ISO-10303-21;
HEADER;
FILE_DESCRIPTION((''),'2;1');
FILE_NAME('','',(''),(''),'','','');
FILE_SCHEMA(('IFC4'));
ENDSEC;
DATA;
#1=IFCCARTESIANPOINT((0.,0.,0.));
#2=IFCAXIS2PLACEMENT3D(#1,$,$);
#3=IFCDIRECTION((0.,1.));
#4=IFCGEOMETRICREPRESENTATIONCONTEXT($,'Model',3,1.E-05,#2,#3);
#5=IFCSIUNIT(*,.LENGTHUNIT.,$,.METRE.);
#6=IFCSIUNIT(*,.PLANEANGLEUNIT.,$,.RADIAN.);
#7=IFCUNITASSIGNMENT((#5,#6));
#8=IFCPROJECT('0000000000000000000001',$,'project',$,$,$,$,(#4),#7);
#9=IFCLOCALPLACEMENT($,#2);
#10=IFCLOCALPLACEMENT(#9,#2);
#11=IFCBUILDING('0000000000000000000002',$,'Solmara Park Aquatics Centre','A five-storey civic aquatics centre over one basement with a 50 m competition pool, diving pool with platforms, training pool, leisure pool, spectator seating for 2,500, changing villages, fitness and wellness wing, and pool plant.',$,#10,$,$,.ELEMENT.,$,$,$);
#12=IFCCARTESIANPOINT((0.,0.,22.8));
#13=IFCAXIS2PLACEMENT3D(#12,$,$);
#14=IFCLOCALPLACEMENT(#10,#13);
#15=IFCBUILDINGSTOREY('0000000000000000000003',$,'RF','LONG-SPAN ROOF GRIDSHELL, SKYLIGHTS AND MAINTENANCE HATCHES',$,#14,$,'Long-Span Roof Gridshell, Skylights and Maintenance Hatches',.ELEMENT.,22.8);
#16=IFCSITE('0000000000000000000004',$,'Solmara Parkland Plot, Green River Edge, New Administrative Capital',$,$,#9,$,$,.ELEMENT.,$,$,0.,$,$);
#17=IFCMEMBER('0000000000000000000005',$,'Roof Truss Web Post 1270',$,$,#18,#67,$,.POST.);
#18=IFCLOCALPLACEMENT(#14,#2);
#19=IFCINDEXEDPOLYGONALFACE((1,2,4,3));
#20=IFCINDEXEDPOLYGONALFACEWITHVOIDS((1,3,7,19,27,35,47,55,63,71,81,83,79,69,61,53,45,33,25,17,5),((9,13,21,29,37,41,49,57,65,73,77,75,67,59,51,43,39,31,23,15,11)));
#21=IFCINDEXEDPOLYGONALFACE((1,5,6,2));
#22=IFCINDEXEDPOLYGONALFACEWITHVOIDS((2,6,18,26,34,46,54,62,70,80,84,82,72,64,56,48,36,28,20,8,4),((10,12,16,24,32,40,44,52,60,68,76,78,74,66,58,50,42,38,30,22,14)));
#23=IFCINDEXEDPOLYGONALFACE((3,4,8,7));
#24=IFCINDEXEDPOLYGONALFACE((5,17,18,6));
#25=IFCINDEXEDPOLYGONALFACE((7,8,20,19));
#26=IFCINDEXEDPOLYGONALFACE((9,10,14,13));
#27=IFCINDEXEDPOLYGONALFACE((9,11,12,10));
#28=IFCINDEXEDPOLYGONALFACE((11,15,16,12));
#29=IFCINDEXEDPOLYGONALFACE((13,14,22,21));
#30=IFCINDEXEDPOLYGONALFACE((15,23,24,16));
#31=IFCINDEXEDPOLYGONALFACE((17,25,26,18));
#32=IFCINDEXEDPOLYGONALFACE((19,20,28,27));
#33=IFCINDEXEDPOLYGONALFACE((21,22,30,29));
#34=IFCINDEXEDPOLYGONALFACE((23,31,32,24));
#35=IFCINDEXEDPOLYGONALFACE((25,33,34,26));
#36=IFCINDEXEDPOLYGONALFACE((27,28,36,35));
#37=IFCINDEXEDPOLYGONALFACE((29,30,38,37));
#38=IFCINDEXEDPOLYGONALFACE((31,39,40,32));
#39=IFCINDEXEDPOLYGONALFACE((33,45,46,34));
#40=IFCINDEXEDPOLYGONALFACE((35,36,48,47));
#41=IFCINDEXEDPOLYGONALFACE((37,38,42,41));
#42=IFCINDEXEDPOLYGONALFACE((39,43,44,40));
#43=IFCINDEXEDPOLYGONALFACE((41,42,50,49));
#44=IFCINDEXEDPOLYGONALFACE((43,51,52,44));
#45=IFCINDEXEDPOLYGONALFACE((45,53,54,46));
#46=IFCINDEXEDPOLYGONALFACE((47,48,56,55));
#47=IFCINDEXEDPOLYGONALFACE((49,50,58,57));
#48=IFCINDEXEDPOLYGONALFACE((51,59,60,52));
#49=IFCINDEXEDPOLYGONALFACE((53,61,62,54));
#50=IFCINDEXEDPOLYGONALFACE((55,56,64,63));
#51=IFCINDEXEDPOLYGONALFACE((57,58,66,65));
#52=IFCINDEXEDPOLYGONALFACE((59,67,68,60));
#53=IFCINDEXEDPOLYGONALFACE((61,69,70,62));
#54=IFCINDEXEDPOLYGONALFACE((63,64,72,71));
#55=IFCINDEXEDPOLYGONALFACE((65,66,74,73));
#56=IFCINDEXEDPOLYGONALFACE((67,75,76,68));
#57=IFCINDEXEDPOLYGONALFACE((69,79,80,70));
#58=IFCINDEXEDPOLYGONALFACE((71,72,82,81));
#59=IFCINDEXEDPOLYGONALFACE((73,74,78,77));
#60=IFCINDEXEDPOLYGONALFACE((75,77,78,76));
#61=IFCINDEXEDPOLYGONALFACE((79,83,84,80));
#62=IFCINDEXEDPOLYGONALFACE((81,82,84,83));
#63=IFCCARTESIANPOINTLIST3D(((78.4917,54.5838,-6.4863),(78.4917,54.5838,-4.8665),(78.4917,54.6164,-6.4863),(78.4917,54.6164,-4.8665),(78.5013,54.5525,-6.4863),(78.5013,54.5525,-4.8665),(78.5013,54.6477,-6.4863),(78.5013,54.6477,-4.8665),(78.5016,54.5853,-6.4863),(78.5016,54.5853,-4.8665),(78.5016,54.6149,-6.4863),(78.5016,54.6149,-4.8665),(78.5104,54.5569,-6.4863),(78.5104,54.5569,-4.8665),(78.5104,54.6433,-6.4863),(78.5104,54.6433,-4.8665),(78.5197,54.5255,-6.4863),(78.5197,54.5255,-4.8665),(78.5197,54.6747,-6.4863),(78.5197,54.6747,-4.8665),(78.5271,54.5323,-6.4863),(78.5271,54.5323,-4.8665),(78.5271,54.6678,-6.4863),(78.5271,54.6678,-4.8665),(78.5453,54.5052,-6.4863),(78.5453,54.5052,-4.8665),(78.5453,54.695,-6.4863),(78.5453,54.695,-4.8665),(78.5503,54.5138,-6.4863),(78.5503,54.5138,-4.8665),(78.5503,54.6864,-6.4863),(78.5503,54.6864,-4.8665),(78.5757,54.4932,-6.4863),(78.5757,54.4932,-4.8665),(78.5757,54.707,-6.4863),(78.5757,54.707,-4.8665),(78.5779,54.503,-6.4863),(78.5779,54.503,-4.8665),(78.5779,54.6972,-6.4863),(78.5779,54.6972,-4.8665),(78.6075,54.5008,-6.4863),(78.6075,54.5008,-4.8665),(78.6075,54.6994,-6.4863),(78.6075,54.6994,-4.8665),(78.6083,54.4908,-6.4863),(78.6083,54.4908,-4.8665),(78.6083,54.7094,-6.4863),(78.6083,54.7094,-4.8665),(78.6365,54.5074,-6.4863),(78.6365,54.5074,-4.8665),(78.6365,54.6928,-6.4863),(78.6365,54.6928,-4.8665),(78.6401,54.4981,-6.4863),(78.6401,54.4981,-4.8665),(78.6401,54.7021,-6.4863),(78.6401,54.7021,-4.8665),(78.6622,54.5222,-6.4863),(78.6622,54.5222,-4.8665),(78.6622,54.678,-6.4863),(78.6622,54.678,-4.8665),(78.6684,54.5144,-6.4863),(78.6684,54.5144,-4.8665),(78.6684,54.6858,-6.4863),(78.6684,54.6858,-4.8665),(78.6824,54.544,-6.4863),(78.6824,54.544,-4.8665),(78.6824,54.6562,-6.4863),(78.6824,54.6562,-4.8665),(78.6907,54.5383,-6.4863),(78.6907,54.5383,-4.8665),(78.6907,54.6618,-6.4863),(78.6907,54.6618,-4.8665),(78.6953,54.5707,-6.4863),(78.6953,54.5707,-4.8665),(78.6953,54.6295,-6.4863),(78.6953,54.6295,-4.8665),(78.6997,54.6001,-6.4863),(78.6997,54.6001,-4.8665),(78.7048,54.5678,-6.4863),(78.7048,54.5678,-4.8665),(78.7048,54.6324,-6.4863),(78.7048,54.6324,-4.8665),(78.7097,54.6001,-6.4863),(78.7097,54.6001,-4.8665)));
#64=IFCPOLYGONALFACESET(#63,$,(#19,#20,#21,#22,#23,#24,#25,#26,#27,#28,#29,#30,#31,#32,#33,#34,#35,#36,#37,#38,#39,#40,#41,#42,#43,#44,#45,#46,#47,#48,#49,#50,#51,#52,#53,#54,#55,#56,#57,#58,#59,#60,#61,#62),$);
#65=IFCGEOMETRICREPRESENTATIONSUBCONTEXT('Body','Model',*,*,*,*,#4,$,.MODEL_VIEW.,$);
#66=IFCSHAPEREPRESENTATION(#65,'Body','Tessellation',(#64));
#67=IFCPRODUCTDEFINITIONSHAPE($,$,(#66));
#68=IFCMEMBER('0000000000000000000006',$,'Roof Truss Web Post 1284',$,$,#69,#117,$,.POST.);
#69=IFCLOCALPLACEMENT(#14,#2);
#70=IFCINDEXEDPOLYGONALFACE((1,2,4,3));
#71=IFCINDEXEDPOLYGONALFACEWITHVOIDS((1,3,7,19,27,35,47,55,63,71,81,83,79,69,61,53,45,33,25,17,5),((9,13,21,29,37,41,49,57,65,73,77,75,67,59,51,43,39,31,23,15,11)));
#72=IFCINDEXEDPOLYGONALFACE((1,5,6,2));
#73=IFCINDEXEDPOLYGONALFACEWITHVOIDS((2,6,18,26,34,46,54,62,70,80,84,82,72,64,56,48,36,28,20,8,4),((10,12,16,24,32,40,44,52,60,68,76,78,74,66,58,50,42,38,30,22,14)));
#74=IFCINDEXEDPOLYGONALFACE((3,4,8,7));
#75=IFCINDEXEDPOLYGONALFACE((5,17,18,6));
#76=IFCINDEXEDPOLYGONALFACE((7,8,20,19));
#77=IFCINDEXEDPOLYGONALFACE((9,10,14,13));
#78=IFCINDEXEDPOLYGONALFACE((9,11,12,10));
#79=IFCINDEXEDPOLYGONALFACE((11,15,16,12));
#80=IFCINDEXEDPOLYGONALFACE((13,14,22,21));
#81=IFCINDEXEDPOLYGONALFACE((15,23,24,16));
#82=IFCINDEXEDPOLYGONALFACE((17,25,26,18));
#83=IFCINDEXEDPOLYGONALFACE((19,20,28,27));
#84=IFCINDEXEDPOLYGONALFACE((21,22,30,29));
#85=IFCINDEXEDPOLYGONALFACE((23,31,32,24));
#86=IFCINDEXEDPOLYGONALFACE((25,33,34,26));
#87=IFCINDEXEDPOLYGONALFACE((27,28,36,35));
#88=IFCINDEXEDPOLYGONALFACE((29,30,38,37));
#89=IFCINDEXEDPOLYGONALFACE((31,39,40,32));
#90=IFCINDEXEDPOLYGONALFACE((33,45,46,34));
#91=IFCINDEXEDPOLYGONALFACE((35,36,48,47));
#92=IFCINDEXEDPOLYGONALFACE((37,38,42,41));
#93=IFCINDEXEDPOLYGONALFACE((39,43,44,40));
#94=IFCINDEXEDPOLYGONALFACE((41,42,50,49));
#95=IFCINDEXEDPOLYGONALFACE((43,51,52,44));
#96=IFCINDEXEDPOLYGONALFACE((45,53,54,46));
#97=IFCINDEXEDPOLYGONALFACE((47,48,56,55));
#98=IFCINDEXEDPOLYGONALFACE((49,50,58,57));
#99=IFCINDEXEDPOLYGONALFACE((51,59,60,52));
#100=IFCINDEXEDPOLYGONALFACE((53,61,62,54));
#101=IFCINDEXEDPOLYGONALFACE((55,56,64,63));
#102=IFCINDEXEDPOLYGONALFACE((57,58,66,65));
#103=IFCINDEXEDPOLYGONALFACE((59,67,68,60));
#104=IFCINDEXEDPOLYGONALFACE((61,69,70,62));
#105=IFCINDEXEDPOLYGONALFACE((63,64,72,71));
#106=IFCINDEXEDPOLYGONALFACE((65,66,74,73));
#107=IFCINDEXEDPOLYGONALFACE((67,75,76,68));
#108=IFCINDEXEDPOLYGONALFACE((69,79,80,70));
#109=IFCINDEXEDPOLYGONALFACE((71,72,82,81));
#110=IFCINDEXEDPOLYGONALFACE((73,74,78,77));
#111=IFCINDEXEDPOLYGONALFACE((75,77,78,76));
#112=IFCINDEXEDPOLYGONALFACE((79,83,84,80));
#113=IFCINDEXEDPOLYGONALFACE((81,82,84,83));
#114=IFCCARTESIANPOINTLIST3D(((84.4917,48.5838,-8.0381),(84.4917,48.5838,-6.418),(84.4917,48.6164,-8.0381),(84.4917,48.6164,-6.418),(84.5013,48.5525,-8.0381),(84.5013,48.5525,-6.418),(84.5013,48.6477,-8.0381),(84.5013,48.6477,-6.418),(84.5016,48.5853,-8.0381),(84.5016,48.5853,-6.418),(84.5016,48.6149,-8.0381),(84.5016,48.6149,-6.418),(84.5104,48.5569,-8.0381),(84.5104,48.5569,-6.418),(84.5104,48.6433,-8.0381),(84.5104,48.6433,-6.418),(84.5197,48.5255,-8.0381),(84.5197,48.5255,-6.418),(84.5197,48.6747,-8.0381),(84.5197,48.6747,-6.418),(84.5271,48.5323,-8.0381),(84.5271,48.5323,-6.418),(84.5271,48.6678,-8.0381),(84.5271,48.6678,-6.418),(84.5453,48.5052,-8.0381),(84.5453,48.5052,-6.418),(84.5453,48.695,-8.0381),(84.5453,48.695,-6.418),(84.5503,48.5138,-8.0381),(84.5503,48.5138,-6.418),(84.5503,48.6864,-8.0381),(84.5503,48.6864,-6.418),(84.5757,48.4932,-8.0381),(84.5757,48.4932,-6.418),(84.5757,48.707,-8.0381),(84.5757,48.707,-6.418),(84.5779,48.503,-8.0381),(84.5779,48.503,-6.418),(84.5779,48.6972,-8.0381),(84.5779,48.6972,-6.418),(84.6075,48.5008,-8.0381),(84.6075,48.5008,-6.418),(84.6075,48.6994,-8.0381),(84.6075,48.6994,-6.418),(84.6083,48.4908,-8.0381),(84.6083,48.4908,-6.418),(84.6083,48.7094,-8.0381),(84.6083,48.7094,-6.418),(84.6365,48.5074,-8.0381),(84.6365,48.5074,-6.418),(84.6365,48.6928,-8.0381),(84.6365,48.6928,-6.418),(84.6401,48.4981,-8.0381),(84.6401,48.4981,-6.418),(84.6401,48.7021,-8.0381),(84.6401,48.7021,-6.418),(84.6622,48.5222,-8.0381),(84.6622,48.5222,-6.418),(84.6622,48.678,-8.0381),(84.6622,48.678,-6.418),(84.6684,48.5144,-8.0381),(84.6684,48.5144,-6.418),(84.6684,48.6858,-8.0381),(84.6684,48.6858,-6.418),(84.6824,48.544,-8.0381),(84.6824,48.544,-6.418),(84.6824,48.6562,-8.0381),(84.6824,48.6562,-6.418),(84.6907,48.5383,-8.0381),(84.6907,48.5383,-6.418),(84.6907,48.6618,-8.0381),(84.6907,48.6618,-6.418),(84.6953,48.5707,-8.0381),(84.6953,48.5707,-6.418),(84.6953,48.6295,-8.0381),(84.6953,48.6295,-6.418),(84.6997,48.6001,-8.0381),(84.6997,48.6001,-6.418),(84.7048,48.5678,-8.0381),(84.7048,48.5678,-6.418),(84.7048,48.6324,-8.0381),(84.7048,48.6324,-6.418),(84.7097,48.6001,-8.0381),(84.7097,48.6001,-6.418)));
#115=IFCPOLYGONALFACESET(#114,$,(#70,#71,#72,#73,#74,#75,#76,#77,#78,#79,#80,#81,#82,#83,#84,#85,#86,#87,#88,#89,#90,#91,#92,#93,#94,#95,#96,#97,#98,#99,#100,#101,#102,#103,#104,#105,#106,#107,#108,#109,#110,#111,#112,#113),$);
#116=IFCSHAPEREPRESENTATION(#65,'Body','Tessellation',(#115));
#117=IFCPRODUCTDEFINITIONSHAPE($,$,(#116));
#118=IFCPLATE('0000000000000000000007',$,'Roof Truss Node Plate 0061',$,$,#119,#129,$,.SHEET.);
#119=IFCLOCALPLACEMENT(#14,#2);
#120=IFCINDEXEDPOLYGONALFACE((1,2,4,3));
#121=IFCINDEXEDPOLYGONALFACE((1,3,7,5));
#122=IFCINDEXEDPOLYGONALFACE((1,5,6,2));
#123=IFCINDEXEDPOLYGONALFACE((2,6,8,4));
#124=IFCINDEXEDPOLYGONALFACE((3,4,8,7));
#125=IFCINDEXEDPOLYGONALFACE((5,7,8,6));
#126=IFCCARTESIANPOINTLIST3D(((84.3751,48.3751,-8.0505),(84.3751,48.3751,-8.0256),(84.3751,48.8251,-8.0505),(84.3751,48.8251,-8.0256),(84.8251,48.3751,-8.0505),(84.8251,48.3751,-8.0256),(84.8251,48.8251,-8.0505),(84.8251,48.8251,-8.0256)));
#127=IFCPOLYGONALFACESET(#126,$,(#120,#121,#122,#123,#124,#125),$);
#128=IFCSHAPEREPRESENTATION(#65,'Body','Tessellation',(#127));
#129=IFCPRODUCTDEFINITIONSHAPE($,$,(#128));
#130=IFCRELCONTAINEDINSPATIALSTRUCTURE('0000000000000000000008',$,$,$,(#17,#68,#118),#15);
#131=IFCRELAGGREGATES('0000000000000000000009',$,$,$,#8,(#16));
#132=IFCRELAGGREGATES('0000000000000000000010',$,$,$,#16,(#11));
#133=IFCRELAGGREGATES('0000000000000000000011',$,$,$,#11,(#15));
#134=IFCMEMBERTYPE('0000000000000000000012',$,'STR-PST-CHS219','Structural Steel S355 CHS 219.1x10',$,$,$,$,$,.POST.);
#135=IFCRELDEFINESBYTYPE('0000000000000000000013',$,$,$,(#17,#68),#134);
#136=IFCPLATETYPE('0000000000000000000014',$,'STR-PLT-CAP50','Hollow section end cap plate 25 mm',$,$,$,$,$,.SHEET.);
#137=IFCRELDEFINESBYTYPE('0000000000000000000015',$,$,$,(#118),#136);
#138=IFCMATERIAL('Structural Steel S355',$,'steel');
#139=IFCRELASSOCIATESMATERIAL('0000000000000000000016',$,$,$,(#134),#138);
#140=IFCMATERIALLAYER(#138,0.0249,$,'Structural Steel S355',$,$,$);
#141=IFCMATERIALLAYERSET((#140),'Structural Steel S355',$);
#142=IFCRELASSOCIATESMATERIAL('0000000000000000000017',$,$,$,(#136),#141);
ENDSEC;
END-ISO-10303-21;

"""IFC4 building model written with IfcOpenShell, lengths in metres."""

from ifc_helpers import new_model, si_unit, direction, frame, origin, origin_2d, place, context, subcontext, project, spatial, rectangle, hollow_circle, extrude, material, layer, layer_set, material_profile, profile_set, type_object, element, save


model = new_model("IFC4")

# Units and contexts
model_context = context("Model", 3, precision=1e-05, world=origin(), true_north=direction((0.0, 1.0)))
body_context = subcontext(model_context, "Body", "Model", "MODEL_VIEW")
ifc_project = project(units=[si_unit("LENGTHUNIT", "METRE"), si_unit("PLANEANGLEUNIT", "RADIAN")], contexts=[model_context])

# Site, building, storey
site_placement = place(None, origin())
site = spatial("IfcSite", under=ifc_project, at=site_placement, Name="Solmara Parkland Plot, Green River Edge, New Administrative Capital", CompositionType="ELEMENT", RefElevation=0.0)
building_placement = place(site_placement, origin())
building = spatial("IfcBuilding", under=site, at=building_placement, Name="Solmara Park Aquatics Centre", Description="A five-storey civic aquatics centre over one basement with a 50 m competition pool, diving pool with platforms, training pool, leisure pool, spectator seating for 2,500, changing villages, fitness and wellness wing, and pool plant.", CompositionType="ELEMENT")
storey_placement = place(building_placement, frame((0.0, 0.0, 22.8)))
storey = spatial("IfcBuildingStorey", under=building, at=storey_placement, Name="RF", Description="LONG-SPAN ROOF GRIDSHELL, SKYLIGHTS AND MAINTENANCE HATCHES", LongName="Long-Span Roof Gridshell, Skylights and Maintenance Hatches", CompositionType="ELEMENT", Elevation=22.8)

# Members
ifc_material_1 = material(Name="Structural Steel S355", Category="steel")
ifc_material_profile_1 = material_profile(ifc_material_1, hollow_circle(Radius=0.1096, WallThickness=0.01, at=origin_2d()), Name="CHS 219.1x10")
ifc_profile_set_1 = profile_set([ifc_material_profile_1], Name="Structural Steel S355")
member_type_1 = type_object("IfcMemberType", Name="STR-PST-CHS219", Description="Structural Steel S355 CHS 219.1x10", PredefinedType="POST", material=ifc_profile_set_1)
for number, where, z_axis, x_axis, name in (
    (1, (78.6001, 54.6001, -6.4863), (0.0, 0.0, 1.0), (1.0, 0.0, 0.0), "Roof Truss Web Post 1270"),
):
    element("IfcMember", number, at=place(storey_placement, frame(where, z_axis=z_axis, x_axis=x_axis)), inside=storey, type_object=member_type_1, Name=name, PredefinedType="POST", context=body_context, shape_type="SweptSolid", body=[
        extrude(hollow_circle(Radius=0.1096, WallThickness=0.01, at=origin_2d()), origin(), (0.0, 0.0, 1.0), 1.6199),
    ])
member_1_placement = place(storey_placement, frame((84.6001, 48.6001, -8.0381), z_axis=(0.0, 0.0, 1.0), x_axis=(1.0, 0.0, 0.0)))
element("IfcMember", 2, at=member_1_placement, inside=storey, type_object=member_type_1, Name="Roof Truss Web Post 1284", PredefinedType="POST", context=body_context, shape_type="SweptSolid", body=[
    extrude(hollow_circle(Radius=0.1096, WallThickness=0.01, at=origin_2d()), origin(), (0.0, 0.0, 1.0), 1.6201),
])

# Plate
ifc_layer = layer(ifc_material_1, 0.0249, Name="Structural Steel S355")
ifc_layer_set = layer_set([ifc_layer], Name="Structural Steel S355")
plate_type = type_object("IfcPlateType", Name="STR-PLT-CAP50", Description="Hollow section end cap plate 25 mm", PredefinedType="SHEET", material=ifc_layer_set)
plate_placement = place(storey_placement, frame((84.6001, 48.6001, -8.0505), z_axis=(0.0, 0.0, 1.0), x_axis=(1.0, 0.0, 0.0)))
element("IfcPlate", 3, at=plate_placement, inside=storey, type_object=plate_type, Name="Roof Truss Node Plate 0061", PredefinedType="SHEET", context=body_context, shape_type="SweptSolid", body=[
    extrude(rectangle(XDim=0.45, YDim=0.45, at=origin_2d()), origin(), (0.0, 0.0, 1.0), 0.0249),
])

save(model, "model.ifc")
